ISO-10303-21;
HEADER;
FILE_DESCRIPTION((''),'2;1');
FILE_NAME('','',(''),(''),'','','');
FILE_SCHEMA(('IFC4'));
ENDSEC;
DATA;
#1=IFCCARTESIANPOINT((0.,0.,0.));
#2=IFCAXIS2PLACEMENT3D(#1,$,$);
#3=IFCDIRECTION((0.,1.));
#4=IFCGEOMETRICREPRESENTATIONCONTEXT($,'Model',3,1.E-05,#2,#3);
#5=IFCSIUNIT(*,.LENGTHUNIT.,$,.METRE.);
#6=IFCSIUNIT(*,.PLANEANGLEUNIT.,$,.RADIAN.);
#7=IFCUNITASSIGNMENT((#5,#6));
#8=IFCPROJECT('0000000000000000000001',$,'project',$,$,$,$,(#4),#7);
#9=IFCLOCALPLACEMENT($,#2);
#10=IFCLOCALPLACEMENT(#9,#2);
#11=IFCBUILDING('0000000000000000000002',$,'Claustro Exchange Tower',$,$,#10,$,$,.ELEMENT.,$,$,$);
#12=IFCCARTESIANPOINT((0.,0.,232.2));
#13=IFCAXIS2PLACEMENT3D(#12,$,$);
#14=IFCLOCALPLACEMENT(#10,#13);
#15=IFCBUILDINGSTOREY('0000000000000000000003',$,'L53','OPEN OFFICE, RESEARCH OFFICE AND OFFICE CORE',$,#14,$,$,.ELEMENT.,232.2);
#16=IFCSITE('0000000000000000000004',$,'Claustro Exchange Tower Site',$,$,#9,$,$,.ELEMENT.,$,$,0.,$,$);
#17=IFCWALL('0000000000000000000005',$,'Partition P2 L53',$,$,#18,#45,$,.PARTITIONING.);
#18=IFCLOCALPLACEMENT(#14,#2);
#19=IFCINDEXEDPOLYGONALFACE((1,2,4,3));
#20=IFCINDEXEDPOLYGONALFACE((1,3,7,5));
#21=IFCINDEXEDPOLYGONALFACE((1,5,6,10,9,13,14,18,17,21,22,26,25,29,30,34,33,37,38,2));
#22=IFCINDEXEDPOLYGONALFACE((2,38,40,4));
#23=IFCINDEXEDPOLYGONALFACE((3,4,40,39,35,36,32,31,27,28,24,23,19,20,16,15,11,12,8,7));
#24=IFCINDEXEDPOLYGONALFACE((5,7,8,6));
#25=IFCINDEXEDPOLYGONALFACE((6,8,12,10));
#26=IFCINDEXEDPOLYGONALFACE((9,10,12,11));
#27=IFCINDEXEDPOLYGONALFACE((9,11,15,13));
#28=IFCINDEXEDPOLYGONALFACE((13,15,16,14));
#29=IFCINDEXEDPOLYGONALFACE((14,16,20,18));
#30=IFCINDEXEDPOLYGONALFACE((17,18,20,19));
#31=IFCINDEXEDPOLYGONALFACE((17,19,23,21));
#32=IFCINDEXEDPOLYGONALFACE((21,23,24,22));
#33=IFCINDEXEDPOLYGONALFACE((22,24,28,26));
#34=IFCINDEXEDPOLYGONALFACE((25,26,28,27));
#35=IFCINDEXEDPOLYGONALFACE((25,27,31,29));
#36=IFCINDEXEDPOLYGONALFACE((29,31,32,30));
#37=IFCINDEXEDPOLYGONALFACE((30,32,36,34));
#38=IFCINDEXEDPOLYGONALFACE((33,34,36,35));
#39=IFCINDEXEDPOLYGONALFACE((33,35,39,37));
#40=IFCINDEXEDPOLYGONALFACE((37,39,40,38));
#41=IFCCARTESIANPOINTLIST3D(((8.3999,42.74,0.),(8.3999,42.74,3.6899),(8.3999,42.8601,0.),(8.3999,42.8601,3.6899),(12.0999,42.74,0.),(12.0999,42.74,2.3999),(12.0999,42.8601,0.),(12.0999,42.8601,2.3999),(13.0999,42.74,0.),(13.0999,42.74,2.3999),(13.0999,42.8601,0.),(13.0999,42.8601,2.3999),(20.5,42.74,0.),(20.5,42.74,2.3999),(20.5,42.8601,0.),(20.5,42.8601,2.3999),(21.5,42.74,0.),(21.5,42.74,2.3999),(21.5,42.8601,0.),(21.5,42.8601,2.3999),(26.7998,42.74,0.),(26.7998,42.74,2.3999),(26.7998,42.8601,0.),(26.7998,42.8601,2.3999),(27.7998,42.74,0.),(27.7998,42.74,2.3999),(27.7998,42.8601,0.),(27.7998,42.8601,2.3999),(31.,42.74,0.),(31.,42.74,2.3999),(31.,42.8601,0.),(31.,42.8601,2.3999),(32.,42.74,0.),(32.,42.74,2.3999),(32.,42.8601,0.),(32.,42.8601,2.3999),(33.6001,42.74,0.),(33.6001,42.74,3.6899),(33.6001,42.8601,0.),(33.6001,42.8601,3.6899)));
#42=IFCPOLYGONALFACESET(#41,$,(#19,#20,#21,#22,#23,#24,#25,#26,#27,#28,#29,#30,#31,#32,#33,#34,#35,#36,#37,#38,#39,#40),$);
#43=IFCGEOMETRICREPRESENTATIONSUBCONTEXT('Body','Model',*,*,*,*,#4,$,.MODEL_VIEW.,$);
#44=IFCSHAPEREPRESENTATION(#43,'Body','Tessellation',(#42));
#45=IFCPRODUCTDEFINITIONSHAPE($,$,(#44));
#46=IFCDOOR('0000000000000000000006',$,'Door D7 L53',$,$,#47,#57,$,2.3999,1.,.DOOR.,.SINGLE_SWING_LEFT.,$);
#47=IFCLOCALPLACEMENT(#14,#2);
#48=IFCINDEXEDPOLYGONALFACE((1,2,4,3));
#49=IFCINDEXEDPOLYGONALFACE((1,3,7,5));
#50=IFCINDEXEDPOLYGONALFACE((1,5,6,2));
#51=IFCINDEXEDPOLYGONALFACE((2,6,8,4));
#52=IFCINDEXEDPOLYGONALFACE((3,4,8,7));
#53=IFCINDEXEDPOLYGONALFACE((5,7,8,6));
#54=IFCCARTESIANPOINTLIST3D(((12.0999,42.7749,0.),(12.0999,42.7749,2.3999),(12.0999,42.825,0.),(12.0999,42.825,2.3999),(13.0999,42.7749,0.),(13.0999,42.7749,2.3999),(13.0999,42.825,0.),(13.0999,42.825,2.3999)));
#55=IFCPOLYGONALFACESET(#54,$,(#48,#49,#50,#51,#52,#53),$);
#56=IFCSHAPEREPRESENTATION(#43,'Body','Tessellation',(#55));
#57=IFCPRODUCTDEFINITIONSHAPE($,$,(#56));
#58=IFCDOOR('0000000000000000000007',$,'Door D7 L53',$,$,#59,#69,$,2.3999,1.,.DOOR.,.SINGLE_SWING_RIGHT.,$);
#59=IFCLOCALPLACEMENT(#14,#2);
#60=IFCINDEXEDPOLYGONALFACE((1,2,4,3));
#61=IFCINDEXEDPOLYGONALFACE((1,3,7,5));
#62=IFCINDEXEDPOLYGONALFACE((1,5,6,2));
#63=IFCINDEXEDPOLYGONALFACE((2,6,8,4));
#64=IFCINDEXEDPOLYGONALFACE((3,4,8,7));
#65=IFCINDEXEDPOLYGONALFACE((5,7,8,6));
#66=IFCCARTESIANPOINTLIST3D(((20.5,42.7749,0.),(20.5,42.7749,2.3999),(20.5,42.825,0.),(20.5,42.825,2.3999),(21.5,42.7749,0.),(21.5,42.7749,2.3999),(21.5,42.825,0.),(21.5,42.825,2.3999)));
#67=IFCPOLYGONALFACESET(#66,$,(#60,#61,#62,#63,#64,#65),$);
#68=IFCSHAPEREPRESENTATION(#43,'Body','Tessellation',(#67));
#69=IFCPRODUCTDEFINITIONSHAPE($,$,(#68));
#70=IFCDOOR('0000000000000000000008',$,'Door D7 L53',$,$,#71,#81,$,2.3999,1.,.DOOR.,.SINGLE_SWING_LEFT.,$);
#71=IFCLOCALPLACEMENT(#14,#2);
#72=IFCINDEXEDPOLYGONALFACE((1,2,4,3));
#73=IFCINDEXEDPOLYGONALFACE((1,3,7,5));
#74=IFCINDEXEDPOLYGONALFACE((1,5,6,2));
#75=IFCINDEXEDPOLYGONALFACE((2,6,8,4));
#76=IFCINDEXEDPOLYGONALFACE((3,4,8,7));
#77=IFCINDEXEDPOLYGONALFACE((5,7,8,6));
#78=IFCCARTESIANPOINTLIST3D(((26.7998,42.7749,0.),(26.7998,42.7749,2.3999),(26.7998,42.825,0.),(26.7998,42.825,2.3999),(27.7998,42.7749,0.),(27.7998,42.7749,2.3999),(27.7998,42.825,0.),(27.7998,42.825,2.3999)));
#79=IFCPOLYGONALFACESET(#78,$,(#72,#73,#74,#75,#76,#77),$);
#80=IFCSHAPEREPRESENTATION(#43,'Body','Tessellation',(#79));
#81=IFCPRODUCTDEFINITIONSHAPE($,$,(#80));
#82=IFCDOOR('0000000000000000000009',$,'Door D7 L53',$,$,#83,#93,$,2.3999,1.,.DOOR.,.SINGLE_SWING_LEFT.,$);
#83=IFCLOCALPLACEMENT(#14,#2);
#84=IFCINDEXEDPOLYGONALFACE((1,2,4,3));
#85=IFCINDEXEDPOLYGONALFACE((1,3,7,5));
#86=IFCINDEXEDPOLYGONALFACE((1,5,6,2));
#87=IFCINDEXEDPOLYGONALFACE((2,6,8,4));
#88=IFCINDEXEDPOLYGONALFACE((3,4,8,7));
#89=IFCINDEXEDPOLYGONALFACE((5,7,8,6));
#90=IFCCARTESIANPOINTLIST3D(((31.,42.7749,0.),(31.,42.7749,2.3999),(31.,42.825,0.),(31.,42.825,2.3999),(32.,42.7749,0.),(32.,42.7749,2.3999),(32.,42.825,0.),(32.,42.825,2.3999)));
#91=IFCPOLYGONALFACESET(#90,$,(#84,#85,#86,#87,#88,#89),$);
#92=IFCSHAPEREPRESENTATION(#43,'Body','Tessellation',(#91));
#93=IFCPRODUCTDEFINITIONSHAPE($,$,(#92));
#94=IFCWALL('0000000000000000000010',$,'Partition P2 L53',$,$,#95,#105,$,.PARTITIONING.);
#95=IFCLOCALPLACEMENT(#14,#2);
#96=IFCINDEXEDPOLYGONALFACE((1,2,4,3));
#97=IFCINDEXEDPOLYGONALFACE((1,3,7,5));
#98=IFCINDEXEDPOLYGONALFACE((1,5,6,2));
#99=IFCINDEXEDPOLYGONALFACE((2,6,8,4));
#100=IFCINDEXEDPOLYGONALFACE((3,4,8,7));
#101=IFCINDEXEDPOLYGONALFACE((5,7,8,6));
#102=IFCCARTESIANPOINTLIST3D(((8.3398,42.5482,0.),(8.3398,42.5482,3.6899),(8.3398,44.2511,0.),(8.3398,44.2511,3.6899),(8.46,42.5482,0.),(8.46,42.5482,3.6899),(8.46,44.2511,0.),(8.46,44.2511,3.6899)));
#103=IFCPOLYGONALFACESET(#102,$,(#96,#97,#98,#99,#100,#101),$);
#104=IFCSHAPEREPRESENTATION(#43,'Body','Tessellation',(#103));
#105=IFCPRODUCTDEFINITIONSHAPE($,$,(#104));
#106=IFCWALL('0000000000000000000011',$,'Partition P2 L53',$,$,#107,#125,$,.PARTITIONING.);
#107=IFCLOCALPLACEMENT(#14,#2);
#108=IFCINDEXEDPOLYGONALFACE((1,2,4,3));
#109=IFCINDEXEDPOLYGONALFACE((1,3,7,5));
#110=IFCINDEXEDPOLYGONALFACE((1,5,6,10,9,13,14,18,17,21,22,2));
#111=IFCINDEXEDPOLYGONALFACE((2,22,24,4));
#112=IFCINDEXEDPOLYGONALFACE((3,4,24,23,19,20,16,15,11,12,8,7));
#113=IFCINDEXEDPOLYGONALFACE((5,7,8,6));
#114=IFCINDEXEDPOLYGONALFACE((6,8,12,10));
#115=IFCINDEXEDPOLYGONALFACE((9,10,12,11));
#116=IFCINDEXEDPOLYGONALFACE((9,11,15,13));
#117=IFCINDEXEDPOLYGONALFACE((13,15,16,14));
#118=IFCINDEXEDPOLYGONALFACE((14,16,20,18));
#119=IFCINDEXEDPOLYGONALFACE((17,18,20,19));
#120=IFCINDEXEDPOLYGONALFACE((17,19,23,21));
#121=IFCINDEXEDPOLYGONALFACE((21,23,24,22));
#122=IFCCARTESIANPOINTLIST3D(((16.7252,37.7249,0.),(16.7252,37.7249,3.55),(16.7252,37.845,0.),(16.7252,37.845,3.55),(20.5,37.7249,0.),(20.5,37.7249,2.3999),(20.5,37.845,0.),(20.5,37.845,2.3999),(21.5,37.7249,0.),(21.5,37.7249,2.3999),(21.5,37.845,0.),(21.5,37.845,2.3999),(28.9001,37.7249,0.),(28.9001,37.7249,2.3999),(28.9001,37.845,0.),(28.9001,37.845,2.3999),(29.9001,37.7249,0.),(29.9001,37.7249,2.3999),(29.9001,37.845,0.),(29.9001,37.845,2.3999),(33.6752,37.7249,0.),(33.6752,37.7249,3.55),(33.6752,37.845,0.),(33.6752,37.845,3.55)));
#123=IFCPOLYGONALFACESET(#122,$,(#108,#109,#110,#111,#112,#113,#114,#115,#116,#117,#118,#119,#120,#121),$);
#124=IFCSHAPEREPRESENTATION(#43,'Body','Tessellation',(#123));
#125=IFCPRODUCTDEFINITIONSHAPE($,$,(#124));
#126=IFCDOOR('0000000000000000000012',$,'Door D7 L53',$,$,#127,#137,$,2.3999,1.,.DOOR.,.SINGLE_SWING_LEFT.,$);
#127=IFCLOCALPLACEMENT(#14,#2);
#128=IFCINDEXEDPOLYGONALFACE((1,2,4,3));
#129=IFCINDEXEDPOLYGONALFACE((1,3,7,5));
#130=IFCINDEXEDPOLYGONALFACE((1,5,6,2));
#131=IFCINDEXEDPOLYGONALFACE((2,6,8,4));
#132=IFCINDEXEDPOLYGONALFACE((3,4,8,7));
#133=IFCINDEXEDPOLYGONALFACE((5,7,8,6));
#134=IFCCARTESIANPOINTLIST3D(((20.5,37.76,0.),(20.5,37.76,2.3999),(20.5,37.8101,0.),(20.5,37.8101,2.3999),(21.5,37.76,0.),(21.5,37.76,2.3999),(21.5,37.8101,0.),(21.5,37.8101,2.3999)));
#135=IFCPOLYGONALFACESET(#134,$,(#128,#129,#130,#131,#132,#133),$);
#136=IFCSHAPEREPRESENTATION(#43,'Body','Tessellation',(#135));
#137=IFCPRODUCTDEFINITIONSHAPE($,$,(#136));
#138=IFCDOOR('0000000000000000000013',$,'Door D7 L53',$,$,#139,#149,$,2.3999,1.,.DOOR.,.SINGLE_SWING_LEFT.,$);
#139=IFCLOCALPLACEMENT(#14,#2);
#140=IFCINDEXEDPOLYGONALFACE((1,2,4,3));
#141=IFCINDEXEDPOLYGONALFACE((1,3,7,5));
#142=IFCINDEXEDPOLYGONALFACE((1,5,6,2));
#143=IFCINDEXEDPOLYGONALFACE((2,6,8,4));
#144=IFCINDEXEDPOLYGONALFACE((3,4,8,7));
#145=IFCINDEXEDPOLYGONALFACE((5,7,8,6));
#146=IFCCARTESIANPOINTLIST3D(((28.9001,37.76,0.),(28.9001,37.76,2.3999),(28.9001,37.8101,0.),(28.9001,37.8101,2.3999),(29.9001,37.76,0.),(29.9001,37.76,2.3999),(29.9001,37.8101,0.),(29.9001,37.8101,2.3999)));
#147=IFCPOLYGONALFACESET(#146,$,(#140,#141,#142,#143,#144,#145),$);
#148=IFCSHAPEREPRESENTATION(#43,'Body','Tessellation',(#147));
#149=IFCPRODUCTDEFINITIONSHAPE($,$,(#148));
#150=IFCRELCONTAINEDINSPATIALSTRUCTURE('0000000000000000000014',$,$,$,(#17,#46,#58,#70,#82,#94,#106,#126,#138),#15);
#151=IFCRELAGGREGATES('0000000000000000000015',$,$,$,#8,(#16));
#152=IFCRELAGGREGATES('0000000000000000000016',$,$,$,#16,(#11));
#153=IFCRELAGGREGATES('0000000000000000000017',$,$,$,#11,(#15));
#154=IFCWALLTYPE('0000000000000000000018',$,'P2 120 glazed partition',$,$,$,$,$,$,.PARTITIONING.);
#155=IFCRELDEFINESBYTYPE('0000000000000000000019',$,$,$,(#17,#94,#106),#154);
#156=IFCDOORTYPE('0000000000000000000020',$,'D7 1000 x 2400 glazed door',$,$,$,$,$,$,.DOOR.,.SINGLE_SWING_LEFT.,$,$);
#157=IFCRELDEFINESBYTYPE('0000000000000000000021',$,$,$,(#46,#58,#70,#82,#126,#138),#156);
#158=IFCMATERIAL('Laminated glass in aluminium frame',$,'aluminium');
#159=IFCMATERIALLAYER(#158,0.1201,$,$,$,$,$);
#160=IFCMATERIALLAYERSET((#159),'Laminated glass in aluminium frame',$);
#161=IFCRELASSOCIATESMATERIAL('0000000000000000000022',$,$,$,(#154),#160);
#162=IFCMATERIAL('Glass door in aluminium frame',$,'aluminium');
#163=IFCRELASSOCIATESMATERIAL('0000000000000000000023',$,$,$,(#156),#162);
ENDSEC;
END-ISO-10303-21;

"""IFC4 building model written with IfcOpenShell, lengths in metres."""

from ifc_helpers import new_model, si_unit, direction, frame, frame_2d, origin, place, context, subcontext, project, spatial, rectangle, extrude, material, layer, layer_set, type_object, element, fill, save


model = new_model("IFC4")

# Units and contexts
model_context = context("Model", 3, precision=1e-05, world=origin(), true_north=direction((0.0, 1.0)))
body_context = subcontext(model_context, "Body", "Model", "MODEL_VIEW")
ifc_project = project(units=[si_unit("LENGTHUNIT", "METRE"), si_unit("PLANEANGLEUNIT", "RADIAN")], contexts=[model_context])

# Site, building, storey
site_placement = place(None, origin())
site = spatial("IfcSite", under=ifc_project, at=site_placement, Name="Claustro Exchange Tower Site", CompositionType="ELEMENT", RefElevation=0.0)
building_placement = place(site_placement, origin())
building = spatial("IfcBuilding", under=site, at=building_placement, Name="Claustro Exchange Tower", CompositionType="ELEMENT")
storey_placement = place(building_placement, frame((0.0, 0.0, 232.2)))
storey = spatial("IfcBuildingStorey", under=building, at=storey_placement, Name="L53", Description="OPEN OFFICE, RESEARCH OFFICE AND OFFICE CORE", CompositionType="ELEMENT", Elevation=232.2)

# Wall, openings, doors
ifc_material_1 = material(Name="Laminated glass in aluminium frame", Category="aluminium")
ifc_layer_1 = layer(ifc_material_1, 0.1201)
ifc_layer_set_1 = layer_set([ifc_layer_1], Name="Laminated glass in aluminium frame")
wall_type_1 = type_object("IfcWallType", Name="P2 120 glazed partition", PredefinedType="PARTITIONING", material=ifc_layer_set_1)
wall_1_placement = place(storey_placement, frame((8.3999, 42.8, 0.0), z_axis=(0.0, 0.0, 1.0), x_axis=(1.0, 0.0, 0.0)))
wall_1 = element("IfcWall", 1, at=wall_1_placement, inside=storey, type_object=wall_type_1, Name="Partition P2 L53", PredefinedType="PARTITIONING", context=body_context, shape_type="SweptSolid", body=[
    extrude(rectangle(XDim=25.2002, YDim=0.1201, at=frame_2d((12.6001, 0.0))), origin(), (0.0, 0.0, 1.0), 3.6899),
])
opening_1_placement = place(wall_1_placement, frame((3.7, 0.0, 0.0)))
opening_1 = element("IfcOpeningElement", 2, at=opening_1_placement, cuts=wall_1, PredefinedType="OPENING", context=body_context, shape_type="SweptSolid", body=[
    extrude(rectangle(XDim=1.0, YDim=2.3999, at=frame_2d((0.5, 1.2))), frame((0.0, 0.0701, 0.0), z_axis=(0.0, -1.0, 0.0), x_axis=(1.0, 0.0, 0.0)), (0.0, 0.0, 1.0), 0.1401),
])
opening_2_placement = place(wall_1_placement, frame((12.1001, 0.0, 0.0)))
opening_2 = element("IfcOpeningElement", 3, at=opening_2_placement, cuts=wall_1, PredefinedType="OPENING", context=body_context, shape_type="SweptSolid", body=[
    extrude(rectangle(XDim=1.0, YDim=2.3999, at=frame_2d((0.5, 1.2))), frame((0.0, 0.0701, 0.0), z_axis=(0.0, -1.0, 0.0), x_axis=(1.0, 0.0, 0.0)), (0.0, 0.0, 1.0), 0.1401),
])
opening_3_placement = place(wall_1_placement, frame((18.3999, 0.0, 0.0)))
opening_3 = element("IfcOpeningElement", 4, at=opening_3_placement, cuts=wall_1, PredefinedType="OPENING", context=body_context, shape_type="SweptSolid", body=[
    extrude(rectangle(XDim=1.0, YDim=2.3999, at=frame_2d((0.5, 1.2))), frame((0.0, 0.0701, 0.0), z_axis=(0.0, -1.0, 0.0), x_axis=(1.0, 0.0, 0.0)), (0.0, 0.0, 1.0), 0.1401),
])
opening_4_placement = place(wall_1_placement, frame((22.6001, 0.0, 0.0)))
opening_4 = element("IfcOpeningElement", 5, at=opening_4_placement, cuts=wall_1, PredefinedType="OPENING", context=body_context, shape_type="SweptSolid", body=[
    extrude(rectangle(XDim=1.0, YDim=2.3999, at=frame_2d((0.5, 1.2))), frame((0.0, 0.0701, 0.0), z_axis=(0.0, -1.0, 0.0), x_axis=(1.0, 0.0, 0.0)), (0.0, 0.0, 1.0), 0.1401),
])
ifc_material_2 = material(Name="Glass door in aluminium frame", Category="aluminium")
door_type = type_object("IfcDoorType", Name="D7 1000 x 2400 glazed door", OperationType="SINGLE_SWING_LEFT", PredefinedType="DOOR", material=ifc_material_2)
door_1_placement = place(opening_1_placement, origin())
door_1 = element("IfcDoor", 6, at=door_1_placement, inside=storey, type_object=door_type, Name="Door D7 L53", OperationType="SINGLE_SWING_LEFT", OverallHeight=2.3999, OverallWidth=1.0, PredefinedType="DOOR", context=body_context, shape_type="SweptSolid", body=[
    extrude(rectangle(XDim=1.0, YDim=2.3999, at=frame_2d((0.5, 1.2))), frame((0.0, 0.0249, 0.0), z_axis=(0.0, -1.0, 0.0), x_axis=(1.0, 0.0, 0.0)), (0.0, 0.0, 1.0), 0.05),
])
fill(opening_1, door_1)
door_2_placement = place(opening_2_placement, origin())
door_2 = element("IfcDoor", 7, at=door_2_placement, inside=storey, type_object=door_type, Name="Door D7 L53", OperationType="SINGLE_SWING_RIGHT", OverallHeight=2.3999, OverallWidth=1.0, PredefinedType="DOOR", context=body_context, shape_type="SweptSolid", body=[
    extrude(rectangle(XDim=1.0, YDim=2.3999, at=frame_2d((0.5, 1.2))), frame((0.0, 0.0249, 0.0), z_axis=(0.0, -1.0, 0.0), x_axis=(1.0, 0.0, 0.0)), (0.0, 0.0, 1.0), 0.05),
])
fill(opening_2, door_2)
door_3_placement = place(opening_3_placement, origin())
door_3 = element("IfcDoor", 8, at=door_3_placement, inside=storey, type_object=door_type, Name="Door D7 L53", OperationType="SINGLE_SWING_LEFT", OverallHeight=2.3999, OverallWidth=1.0, PredefinedType="DOOR", context=body_context, shape_type="SweptSolid", body=[
    extrude(rectangle(XDim=1.0, YDim=2.3999, at=frame_2d((0.5, 1.2))), frame((0.0, 0.0249, 0.0), z_axis=(0.0, -1.0, 0.0), x_axis=(1.0, 0.0, 0.0)), (0.0, 0.0, 1.0), 0.05),
])
fill(opening_3, door_3)
door_4_placement = place(opening_4_placement, origin())
door_4 = element("IfcDoor", 9, at=door_4_placement, inside=storey, type_object=door_type, Name="Door D7 L53", OperationType="SINGLE_SWING_LEFT", OverallHeight=2.3999, OverallWidth=1.0, PredefinedType="DOOR", context=body_context, shape_type="SweptSolid", body=[
    extrude(rectangle(XDim=1.0, YDim=2.3999, at=frame_2d((0.5, 1.2))), frame((0.0, 0.0249, 0.0), z_axis=(0.0, -1.0, 0.0), x_axis=(1.0, 0.0, 0.0)), (0.0, 0.0, 1.0), 0.05),
])
fill(opening_4, door_4)

# Wall
wall_2_placement = place(storey_placement, frame((8.3999, 42.5481, 0.0), z_axis=(0.0, 0.0, 1.0), x_axis=(0.0, 1.0, 0.0)))
element("IfcWall", 10, at=wall_2_placement, inside=storey, type_object=wall_type_1, Name="Partition P2 L53", PredefinedType="PARTITIONING", context=body_context, shape_type="SweptSolid", body=[
    extrude(rectangle(XDim=1.7029, YDim=0.1201, at=frame_2d((0.8516, 0.0))), origin(), (0.0, 0.0, 1.0), 3.6899),
])

# Wall, openings, doors
wall_3_placement = place(storey_placement, frame((16.7251, 37.7849, 0.0), z_axis=(0.0, 0.0, 1.0), x_axis=(1.0, 0.0, 0.0)))
wall_3 = element("IfcWall", 11, at=wall_3_placement, inside=storey, type_object=wall_type_1, Name="Partition P2 L53", PredefinedType="PARTITIONING", context=body_context, shape_type="SweptSolid", body=[
    extrude(rectangle(XDim=16.95, YDim=0.1201, at=frame_2d((8.4751, 0.0))), origin(), (0.0, 0.0, 1.0), 3.55),
])
opening_5_placement = place(wall_3_placement, frame((3.7749, 0.0, 0.0)))
opening_5 = element("IfcOpeningElement", 12, at=opening_5_placement, cuts=wall_3, PredefinedType="OPENING", context=body_context, shape_type="SweptSolid", body=[
    extrude(rectangle(XDim=1.0, YDim=2.3999, at=frame_2d((0.5, 1.2))), frame((0.0, 0.0701, 0.0), z_axis=(0.0, -1.0, 0.0), x_axis=(1.0, 0.0, 0.0)), (0.0, 0.0, 1.0), 0.1401),
])
opening_6_placement = place(wall_3_placement, frame((12.175, 0.0, 0.0)))
opening_6 = element("IfcOpeningElement", 13, at=opening_6_placement, cuts=wall_3, PredefinedType="OPENING", context=body_context, shape_type="SweptSolid", body=[
    extrude(rectangle(XDim=1.0, YDim=2.3999, at=frame_2d((0.5, 1.2))), frame((0.0, 0.0701, 0.0), z_axis=(0.0, -1.0, 0.0), x_axis=(1.0, 0.0, 0.0)), (0.0, 0.0, 1.0), 0.1401),
])
door_5_placement = place(opening_5_placement, frame((1.0, 0.0, 0.0), z_axis=(0.0, 0.0, 1.0), x_axis=(-1.0, 0.0, 0.0)))
door_5 = element("IfcDoor", 14, at=door_5_placement, inside=storey, type_object=door_type, Name="Door D7 L53", OperationType="SINGLE_SWING_LEFT", OverallHeight=2.3999, OverallWidth=1.0, PredefinedType="DOOR", context=body_context, shape_type="SweptSolid", body=[
    extrude(rectangle(XDim=1.0, YDim=2.3999, at=frame_2d((0.5, 1.2))), frame((0.0, 0.0249, 0.0), z_axis=(0.0, -1.0, 0.0), x_axis=(1.0, 0.0, 0.0)), (0.0, 0.0, 1.0), 0.05),
])
fill(opening_5, door_5)
door_6_placement = place(opening_6_placement, frame((1.0, 0.0, 0.0), z_axis=(0.0, 0.0, 1.0), x_axis=(-1.0, 0.0, 0.0)))
door_6 = element("IfcDoor", 15, at=door_6_placement, inside=storey, type_object=door_type, Name="Door D7 L53", OperationType="SINGLE_SWING_LEFT", OverallHeight=2.3999, OverallWidth=1.0, PredefinedType="DOOR", context=body_context, shape_type="SweptSolid", body=[
    extrude(rectangle(XDim=1.0, YDim=2.3999, at=frame_2d((0.5, 1.2))), frame((0.0, 0.0249, 0.0), z_axis=(0.0, -1.0, 0.0), x_axis=(1.0, 0.0, 0.0)), (0.0, 0.0, 1.0), 0.05),
])
fill(opening_6, door_6)

save(model, "model.ifc")
